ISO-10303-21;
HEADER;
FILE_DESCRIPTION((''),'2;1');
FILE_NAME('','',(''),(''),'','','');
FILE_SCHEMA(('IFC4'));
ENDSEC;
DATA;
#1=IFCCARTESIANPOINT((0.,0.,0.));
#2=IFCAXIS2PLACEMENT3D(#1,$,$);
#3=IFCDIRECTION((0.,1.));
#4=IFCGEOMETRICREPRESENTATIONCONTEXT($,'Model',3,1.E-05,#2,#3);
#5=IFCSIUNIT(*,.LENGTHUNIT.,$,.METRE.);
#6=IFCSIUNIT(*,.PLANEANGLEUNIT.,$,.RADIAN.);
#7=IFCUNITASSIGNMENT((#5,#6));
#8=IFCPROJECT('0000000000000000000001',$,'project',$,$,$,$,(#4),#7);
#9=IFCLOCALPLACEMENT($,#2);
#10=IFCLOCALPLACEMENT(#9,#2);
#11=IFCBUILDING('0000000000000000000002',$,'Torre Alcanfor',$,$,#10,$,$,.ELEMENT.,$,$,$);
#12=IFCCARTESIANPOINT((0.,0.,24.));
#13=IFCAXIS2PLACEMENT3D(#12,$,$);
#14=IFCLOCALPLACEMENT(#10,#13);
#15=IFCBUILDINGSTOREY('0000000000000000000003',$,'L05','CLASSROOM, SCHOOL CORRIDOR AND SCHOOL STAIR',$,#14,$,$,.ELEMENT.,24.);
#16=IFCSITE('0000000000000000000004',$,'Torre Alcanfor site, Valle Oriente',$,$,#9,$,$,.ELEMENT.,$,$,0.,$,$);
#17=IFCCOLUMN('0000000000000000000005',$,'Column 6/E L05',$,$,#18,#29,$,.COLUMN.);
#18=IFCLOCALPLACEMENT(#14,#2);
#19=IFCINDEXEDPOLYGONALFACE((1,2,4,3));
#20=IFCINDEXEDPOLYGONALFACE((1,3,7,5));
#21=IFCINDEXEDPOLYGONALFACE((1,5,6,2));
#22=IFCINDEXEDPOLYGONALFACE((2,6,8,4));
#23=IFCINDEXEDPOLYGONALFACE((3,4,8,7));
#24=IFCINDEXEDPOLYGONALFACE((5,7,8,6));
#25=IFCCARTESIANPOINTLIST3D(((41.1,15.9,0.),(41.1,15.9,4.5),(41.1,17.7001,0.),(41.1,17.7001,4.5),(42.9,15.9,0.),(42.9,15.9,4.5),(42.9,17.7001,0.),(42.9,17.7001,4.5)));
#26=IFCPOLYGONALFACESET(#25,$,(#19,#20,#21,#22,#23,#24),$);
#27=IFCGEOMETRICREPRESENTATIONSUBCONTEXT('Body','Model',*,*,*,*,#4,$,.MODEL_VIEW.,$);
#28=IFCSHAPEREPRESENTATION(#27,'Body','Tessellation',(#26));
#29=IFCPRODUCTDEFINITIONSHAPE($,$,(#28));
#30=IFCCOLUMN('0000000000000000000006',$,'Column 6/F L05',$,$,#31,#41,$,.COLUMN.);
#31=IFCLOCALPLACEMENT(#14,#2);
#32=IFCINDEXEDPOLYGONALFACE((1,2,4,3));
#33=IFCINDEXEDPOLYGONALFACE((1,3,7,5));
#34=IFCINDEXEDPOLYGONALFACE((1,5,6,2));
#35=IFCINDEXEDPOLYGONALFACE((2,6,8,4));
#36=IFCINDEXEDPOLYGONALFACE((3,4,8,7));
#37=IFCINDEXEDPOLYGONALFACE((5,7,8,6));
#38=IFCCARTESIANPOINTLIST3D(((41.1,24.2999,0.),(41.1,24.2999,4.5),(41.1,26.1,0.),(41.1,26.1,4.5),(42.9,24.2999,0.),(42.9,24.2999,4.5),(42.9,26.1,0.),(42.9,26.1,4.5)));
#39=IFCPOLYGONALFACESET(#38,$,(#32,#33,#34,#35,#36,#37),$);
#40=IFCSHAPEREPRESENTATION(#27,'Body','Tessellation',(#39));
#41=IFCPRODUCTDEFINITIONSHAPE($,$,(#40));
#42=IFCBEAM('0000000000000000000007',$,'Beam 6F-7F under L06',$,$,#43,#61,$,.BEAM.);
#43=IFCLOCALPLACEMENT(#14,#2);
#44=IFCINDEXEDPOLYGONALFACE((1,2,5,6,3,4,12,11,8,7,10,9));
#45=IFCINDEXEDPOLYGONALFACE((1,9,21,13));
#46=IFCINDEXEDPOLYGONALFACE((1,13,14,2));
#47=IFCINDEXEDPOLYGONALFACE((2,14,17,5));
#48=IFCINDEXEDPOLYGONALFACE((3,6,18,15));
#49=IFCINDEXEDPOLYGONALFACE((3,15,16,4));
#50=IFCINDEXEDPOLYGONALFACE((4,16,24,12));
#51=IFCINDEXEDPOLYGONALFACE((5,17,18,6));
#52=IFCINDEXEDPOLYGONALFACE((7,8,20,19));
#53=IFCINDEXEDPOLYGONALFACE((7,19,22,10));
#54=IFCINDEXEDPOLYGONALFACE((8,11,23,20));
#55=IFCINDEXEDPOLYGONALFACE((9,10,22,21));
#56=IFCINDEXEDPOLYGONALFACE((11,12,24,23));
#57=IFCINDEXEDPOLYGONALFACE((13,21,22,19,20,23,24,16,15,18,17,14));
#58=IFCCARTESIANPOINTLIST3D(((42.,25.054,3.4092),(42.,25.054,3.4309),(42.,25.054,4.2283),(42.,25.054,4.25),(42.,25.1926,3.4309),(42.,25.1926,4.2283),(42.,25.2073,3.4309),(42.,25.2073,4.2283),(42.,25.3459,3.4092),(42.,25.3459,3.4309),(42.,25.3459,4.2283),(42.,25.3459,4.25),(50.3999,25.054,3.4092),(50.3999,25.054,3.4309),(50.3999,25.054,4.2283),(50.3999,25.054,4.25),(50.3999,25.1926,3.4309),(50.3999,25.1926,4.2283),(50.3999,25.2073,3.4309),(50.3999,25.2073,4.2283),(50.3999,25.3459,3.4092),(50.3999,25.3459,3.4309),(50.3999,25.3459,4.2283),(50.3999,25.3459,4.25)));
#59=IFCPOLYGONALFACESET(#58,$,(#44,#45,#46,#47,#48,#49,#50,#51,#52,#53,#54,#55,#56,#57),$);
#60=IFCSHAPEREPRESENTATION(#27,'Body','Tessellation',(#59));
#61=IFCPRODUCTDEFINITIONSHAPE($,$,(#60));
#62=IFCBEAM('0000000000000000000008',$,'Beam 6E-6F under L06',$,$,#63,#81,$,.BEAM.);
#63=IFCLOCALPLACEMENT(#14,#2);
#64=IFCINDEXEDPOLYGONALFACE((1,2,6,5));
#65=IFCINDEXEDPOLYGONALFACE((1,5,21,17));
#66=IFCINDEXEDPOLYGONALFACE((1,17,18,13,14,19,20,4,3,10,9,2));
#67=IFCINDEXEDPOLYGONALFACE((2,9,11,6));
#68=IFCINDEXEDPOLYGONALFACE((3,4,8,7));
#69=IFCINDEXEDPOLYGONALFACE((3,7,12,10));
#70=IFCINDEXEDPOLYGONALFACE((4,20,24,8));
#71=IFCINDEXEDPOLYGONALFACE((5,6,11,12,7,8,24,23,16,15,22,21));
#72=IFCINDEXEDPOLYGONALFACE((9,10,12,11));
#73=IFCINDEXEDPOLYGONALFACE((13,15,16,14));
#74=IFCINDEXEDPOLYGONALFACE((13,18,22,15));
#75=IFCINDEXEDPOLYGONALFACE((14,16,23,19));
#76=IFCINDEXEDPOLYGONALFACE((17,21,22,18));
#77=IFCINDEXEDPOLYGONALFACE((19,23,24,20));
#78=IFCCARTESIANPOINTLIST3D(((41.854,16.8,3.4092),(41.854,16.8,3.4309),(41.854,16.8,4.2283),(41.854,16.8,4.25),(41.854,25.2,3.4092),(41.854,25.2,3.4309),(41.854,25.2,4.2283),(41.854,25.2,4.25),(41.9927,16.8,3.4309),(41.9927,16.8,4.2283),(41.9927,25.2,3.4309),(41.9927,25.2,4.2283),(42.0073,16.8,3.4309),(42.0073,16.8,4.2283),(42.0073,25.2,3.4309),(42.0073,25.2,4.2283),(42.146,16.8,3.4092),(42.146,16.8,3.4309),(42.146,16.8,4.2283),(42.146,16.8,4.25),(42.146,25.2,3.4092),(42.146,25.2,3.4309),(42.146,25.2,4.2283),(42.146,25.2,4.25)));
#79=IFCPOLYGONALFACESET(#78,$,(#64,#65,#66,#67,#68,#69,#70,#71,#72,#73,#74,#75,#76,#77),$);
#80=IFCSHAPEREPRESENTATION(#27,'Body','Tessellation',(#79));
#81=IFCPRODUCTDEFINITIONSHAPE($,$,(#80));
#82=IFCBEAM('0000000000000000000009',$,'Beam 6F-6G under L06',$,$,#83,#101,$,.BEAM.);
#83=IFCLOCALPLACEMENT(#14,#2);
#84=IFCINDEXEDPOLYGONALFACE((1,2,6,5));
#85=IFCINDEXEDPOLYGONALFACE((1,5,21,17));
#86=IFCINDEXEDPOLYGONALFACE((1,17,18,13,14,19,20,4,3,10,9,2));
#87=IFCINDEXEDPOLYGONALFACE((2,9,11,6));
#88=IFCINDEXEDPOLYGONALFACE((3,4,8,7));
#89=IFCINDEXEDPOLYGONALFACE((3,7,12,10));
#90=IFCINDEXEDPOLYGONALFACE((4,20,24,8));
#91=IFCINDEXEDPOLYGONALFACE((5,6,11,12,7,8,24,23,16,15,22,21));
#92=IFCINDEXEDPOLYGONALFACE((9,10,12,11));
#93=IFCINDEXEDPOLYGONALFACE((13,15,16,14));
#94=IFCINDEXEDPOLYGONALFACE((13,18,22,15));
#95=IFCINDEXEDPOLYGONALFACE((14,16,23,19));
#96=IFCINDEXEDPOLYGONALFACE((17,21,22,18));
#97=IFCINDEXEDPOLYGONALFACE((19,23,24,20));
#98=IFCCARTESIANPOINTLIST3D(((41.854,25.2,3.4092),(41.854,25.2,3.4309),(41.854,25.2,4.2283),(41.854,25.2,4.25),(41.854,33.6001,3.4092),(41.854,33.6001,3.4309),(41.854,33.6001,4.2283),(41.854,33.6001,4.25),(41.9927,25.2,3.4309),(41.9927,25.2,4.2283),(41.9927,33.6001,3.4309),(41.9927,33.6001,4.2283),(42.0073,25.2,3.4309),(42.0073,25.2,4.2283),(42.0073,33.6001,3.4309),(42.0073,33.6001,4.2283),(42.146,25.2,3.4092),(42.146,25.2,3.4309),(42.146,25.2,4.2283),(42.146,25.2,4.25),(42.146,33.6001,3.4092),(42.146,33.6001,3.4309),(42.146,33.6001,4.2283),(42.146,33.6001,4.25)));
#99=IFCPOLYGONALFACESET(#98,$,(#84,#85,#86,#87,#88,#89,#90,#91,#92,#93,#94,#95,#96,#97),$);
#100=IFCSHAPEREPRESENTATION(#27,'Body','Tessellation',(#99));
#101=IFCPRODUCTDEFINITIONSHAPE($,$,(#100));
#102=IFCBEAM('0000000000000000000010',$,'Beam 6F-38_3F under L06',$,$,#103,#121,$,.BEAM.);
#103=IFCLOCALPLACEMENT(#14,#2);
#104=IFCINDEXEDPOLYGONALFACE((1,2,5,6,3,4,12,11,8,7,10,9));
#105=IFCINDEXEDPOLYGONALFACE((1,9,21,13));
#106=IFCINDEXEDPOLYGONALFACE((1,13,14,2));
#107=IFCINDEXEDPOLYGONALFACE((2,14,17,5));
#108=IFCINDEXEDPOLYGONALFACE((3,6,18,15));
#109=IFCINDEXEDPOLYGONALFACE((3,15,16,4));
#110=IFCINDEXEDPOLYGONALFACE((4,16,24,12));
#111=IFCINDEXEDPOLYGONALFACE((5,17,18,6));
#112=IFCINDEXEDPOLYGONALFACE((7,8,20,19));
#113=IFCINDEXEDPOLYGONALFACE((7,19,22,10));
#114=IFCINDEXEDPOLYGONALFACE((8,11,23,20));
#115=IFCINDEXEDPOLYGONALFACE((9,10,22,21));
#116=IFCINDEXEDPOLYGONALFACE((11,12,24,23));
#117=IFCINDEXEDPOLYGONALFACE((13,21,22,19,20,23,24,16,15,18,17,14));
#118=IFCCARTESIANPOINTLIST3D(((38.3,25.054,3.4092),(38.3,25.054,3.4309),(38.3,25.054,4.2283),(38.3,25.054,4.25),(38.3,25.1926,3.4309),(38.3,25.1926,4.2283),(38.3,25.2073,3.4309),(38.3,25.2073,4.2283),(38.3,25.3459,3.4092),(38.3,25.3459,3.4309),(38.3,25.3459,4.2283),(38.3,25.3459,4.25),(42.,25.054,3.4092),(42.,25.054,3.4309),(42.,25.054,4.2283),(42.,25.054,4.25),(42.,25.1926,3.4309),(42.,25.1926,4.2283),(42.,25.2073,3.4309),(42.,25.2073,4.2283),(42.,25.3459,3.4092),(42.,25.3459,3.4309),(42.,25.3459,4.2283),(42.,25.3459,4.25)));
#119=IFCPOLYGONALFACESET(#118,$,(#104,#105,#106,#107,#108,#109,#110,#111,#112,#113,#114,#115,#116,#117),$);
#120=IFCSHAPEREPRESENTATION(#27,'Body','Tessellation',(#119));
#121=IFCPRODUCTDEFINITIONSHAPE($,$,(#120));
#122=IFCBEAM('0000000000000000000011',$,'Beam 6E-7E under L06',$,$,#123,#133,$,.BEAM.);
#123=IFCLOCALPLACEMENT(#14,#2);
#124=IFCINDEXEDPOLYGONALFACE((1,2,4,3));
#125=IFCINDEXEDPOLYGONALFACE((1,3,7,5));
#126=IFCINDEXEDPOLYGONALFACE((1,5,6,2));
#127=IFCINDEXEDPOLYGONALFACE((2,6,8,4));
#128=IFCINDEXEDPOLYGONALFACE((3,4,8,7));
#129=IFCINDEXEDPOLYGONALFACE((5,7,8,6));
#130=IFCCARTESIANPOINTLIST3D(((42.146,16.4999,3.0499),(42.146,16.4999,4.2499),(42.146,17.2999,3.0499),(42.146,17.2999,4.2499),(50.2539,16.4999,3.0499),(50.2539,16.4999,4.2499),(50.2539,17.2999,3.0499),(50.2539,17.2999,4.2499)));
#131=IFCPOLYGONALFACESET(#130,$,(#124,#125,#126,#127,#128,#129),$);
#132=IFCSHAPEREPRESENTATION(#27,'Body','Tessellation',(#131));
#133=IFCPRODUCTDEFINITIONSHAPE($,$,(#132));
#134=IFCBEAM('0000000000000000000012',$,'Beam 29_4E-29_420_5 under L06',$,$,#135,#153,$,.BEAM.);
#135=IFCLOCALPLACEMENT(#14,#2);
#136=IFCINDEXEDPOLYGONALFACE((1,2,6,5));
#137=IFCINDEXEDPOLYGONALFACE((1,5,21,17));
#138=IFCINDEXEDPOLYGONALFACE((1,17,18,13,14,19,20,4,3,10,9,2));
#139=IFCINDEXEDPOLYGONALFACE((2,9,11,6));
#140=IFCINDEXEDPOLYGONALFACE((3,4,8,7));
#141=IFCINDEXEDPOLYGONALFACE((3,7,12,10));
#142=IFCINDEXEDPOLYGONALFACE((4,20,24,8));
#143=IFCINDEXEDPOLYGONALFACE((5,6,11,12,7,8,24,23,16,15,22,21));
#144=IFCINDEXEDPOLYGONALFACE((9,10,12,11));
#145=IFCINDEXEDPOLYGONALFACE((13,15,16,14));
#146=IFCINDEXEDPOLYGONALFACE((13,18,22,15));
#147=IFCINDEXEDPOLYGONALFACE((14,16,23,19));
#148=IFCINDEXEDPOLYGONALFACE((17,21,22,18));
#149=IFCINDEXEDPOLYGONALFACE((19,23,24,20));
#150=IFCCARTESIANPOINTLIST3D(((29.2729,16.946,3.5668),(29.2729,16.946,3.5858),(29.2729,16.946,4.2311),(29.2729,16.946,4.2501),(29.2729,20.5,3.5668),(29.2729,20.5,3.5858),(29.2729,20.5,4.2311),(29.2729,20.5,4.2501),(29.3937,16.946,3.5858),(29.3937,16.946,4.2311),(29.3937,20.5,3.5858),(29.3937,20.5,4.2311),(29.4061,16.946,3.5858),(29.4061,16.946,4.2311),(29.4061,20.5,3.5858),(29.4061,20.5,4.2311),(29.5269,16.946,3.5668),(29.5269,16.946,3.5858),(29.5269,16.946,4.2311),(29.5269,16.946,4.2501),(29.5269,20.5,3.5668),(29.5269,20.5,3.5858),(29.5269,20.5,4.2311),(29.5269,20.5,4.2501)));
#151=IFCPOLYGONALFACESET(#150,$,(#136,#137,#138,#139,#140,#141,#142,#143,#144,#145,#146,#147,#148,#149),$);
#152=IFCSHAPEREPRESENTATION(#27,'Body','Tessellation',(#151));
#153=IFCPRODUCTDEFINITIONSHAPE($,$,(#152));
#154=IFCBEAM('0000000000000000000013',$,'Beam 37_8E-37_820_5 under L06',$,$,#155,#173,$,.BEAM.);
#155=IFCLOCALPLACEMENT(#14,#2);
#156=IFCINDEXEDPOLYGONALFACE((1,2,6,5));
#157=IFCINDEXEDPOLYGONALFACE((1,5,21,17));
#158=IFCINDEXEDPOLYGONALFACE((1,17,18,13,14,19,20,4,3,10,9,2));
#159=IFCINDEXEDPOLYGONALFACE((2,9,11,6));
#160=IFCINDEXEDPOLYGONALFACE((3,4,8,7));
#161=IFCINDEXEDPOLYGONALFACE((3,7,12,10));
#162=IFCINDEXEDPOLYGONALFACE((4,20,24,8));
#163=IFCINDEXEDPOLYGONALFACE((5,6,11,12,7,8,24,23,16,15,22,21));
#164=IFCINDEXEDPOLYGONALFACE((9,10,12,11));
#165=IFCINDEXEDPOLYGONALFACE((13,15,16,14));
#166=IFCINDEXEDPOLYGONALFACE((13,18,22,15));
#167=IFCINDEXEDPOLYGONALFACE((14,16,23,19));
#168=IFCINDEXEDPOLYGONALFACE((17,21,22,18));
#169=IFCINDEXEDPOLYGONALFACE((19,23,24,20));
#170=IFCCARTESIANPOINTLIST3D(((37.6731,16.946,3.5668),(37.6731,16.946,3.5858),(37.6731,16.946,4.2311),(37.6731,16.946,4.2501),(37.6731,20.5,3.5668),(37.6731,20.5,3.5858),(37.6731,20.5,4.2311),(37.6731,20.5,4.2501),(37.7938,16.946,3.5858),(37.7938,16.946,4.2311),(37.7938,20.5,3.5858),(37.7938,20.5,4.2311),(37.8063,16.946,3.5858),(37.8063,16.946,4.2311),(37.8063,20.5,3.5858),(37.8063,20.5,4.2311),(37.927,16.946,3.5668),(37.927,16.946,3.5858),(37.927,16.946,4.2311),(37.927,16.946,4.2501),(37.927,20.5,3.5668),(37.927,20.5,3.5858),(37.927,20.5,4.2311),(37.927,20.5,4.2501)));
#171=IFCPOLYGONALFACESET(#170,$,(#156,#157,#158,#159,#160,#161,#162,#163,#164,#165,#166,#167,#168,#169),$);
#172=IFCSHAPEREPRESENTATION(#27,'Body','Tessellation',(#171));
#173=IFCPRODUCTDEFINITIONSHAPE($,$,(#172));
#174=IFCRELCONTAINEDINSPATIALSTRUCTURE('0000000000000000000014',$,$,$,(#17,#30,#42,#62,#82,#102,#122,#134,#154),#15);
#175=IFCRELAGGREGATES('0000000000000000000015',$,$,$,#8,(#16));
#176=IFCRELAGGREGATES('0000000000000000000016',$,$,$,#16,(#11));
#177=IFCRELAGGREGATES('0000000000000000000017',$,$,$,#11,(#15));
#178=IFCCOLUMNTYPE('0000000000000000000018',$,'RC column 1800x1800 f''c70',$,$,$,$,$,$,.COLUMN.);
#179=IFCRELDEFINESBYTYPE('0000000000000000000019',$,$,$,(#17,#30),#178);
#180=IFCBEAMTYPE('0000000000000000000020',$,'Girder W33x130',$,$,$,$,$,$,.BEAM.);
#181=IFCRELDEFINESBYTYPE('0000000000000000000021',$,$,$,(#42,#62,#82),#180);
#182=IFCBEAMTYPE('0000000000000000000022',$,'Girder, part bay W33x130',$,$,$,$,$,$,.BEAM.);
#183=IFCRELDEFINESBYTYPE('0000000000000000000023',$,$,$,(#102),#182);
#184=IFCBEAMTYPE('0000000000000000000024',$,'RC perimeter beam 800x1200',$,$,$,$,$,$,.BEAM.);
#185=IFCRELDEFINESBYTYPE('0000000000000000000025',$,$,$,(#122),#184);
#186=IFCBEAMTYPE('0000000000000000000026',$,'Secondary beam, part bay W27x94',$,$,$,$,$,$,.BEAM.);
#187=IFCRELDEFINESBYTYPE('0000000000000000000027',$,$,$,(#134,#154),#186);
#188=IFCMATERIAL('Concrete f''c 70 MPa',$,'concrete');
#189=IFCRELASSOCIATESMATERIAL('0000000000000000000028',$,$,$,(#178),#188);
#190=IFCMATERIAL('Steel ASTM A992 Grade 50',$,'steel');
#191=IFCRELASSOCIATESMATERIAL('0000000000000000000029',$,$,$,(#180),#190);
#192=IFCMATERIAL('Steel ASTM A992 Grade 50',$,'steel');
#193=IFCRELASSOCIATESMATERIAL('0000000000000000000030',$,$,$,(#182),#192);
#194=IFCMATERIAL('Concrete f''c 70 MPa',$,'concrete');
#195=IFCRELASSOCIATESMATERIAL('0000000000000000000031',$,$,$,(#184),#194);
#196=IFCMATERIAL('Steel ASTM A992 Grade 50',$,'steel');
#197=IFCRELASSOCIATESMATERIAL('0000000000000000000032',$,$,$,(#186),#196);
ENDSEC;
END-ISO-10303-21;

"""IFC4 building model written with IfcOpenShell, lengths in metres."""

from ifc_helpers import new_model, si_unit, direction, frame, origin, origin_2d, place, context, subcontext, project, spatial, rectangle, i_section, extrude, material, material_profile, profile_set, type_object, element, save


model = new_model("IFC4")

# Units and contexts
model_context = context("Model", 3, precision=1e-05, world=origin(), true_north=direction((0.0, 1.0)))
body_context = subcontext(model_context, "Body", "Model", "MODEL_VIEW")
ifc_project = project(units=[si_unit("LENGTHUNIT", "METRE"), si_unit("PLANEANGLEUNIT", "RADIAN")], contexts=[model_context])

# Site, building, storey
site_placement = place(None, origin())
site = spatial("IfcSite", under=ifc_project, at=site_placement, Name="Torre Alcanfor site, Valle Oriente", CompositionType="ELEMENT", RefElevation=0.0)
building_placement = place(site_placement, origin())
building = spatial("IfcBuilding", under=site, at=building_placement, Name="Torre Alcanfor", CompositionType="ELEMENT")
storey_placement = place(building_placement, frame((0.0, 0.0, 24.0)))
storey = spatial("IfcBuildingStorey", under=building, at=storey_placement, Name="L05", Description="CLASSROOM, SCHOOL CORRIDOR AND SCHOOL STAIR", CompositionType="ELEMENT", Elevation=24.0)

# Columns
ifc_material_1 = material(Name="Concrete f'c 70 MPa", Category="concrete")
ifc_material_profile_1 = material_profile(ifc_material_1, rectangle(XDim=1.8, YDim=1.8, at=origin_2d()), Name="1800x1800")
ifc_profile_set_1 = profile_set([ifc_material_profile_1], Name="Concrete f'c 70 MPa")
column_type = type_object("IfcColumnType", Name="RC column 1800x1800 f'c70", PredefinedType="COLUMN", material=ifc_profile_set_1)
for number, where, z_axis, x_axis, name in (
    (1, (42.0, 16.8, 0.0), (0.0, 0.0, 1.0), (1.0, 0.0, 0.0), "Column 6/E L05"),
    (2, (42.0, 25.2, 0.0), (0.0, 0.0, 1.0), (1.0, 0.0, 0.0), "Column 6/F L05"),
):
    element("IfcColumn", number, at=place(storey_placement, frame(where, z_axis=z_axis, x_axis=x_axis)), inside=storey, type_object=column_type, Name=name, PredefinedType="COLUMN", context=body_context, shape_type="SweptSolid", body=[
        extrude(rectangle(XDim=1.8, YDim=1.8, at=origin_2d()), origin(), (0.0, 0.0, 1.0), 4.5),
    ])

# Beams
ifc_material_2 = material(Name="Steel ASTM A992 Grade 50", Category="steel")
ifc_material_profile_2 = material_profile(ifc_material_2, i_section(OverallWidth=0.292, OverallDepth=0.8408, WebThickness=0.0146, FlangeThickness=0.0217, at=origin_2d()), Name="W33x130")
ifc_profile_set_2 = profile_set([ifc_material_profile_2], Name="Steel ASTM A992 Grade 50")
beam_type_1 = type_object("IfcBeamType", Name="Girder W33x130", PredefinedType="BEAM", material=ifc_profile_set_2)
for number, where, z_axis, x_axis, name in (
    (3, (42.0, 25.2, 3.8296), (1.0, 0.0, 0.0), (0.0, 1.0, 0.0), "Beam 6F-7F under L06"),
    (4, (42.0, 16.8, 3.8296), (0.0, 1.0, 0.0), (-1.0, 0.0, 0.0), "Beam 6E-6F under L06"),
):
    element("IfcBeam", number, at=place(storey_placement, frame(where, z_axis=z_axis, x_axis=x_axis)), inside=storey, type_object=beam_type_1, Name=name, PredefinedType="BEAM", context=body_context, shape_type="SweptSolid", body=[
        extrude(i_section(OverallWidth=0.292, OverallDepth=0.8408, WebThickness=0.0146, FlangeThickness=0.0217, at=origin_2d()), origin(), (0.0, 0.0, 1.0), 8.3999),
    ])
beam_1_placement = place(storey_placement, frame((42.0, 25.2, 3.8296), z_axis=(0.0, 1.0, 0.0), x_axis=(-1.0, 0.0, 0.0)))
element("IfcBeam", 5, at=beam_1_placement, inside=storey, type_object=beam_type_1, Name="Beam 6F-6G under L06", PredefinedType="BEAM", context=body_context, shape_type="SweptSolid", body=[
    extrude(i_section(OverallWidth=0.292, OverallDepth=0.8408, WebThickness=0.0146, FlangeThickness=0.0217, at=origin_2d()), origin(), (0.0, 0.0, 1.0), 8.4001),
])
ifc_material_3 = material(Name="Steel ASTM A992 Grade 50", Category="steel")
ifc_material_profile_3 = material_profile(ifc_material_3, i_section(OverallWidth=0.292, OverallDepth=0.8408, WebThickness=0.0146, FlangeThickness=0.0217, at=origin_2d()), Name="W33x130")
ifc_profile_set_3 = profile_set([ifc_material_profile_3], Name="Steel ASTM A992 Grade 50")
beam_type_2 = type_object("IfcBeamType", Name="Girder, part bay W33x130", PredefinedType="BEAM", material=ifc_profile_set_3)
beam_2_placement = place(storey_placement, frame((42.0, 25.2, 3.8296), z_axis=(-1.0, 0.0, 0.0), x_axis=(0.0, -1.0, 0.0)))
element("IfcBeam", 6, at=beam_2_placement, inside=storey, type_object=beam_type_2, Name="Beam 6F-38_3F under L06", PredefinedType="BEAM", context=body_context, shape_type="SweptSolid", body=[
    extrude(i_section(OverallWidth=0.292, OverallDepth=0.8408, WebThickness=0.0146, FlangeThickness=0.0217, at=origin_2d()), origin(), (0.0, 0.0, 1.0), 3.7),
])
ifc_material_4 = material(Name="Concrete f'c 70 MPa", Category="concrete")
ifc_material_profile_4 = material_profile(ifc_material_4, rectangle(XDim=0.8, YDim=1.2, at=origin_2d()), Name="800x1200")
ifc_profile_set_4 = profile_set([ifc_material_profile_4], Name="Concrete f'c 70 MPa")
beam_type_3 = type_object("IfcBeamType", Name="RC perimeter beam 800x1200", PredefinedType="BEAM", material=ifc_profile_set_4)
beam_3_placement = place(storey_placement, frame((42.146, 16.8999, 3.6499), z_axis=(1.0, 0.0, 0.0), x_axis=(0.0, 1.0, 0.0)))
element("IfcBeam", 7, at=beam_3_placement, inside=storey, type_object=beam_type_3, Name="Beam 6E-7E under L06", PredefinedType="BEAM", context=body_context, shape_type="SweptSolid", body=[
    extrude(rectangle(XDim=0.8, YDim=1.2, at=origin_2d()), origin(), (0.0, 0.0, 1.0), 8.1079),
])
ifc_material_5 = material(Name="Steel ASTM A992 Grade 50", Category="steel")
ifc_material_profile_5 = material_profile(ifc_material_5, i_section(OverallWidth=0.2539, OverallDepth=0.6833, WebThickness=0.0125, FlangeThickness=0.019, at=origin_2d()), Name="W27x94")
ifc_profile_set_5 = profile_set([ifc_material_profile_5], Name="Steel ASTM A992 Grade 50")
beam_type_4 = type_object("IfcBeamType", Name="Secondary beam, part bay W27x94", PredefinedType="BEAM", material=ifc_profile_set_5)
for number, where, z_axis, x_axis, name in (
    (8, (29.3999, 16.946, 3.9084), (0.0, 1.0, 0.0), (-1.0, 0.0, 0.0), "Beam 29_4E-29_420_5 under L06"),
    (9, (37.8, 16.946, 3.9084), (0.0, 1.0, 0.0), (-1.0, 0.0, 0.0), "Beam 37_8E-37_820_5 under L06"),
):
    element("IfcBeam", number, at=place(storey_placement, frame(where, z_axis=z_axis, x_axis=x_axis)), inside=storey, type_object=beam_type_4, Name=name, PredefinedType="BEAM", context=body_context, shape_type="SweptSolid", body=[
        extrude(i_section(OverallWidth=0.2539, OverallDepth=0.6833, WebThickness=0.0125, FlangeThickness=0.019, at=origin_2d()), origin(), (0.0, 0.0, 1.0), 3.554),
    ])

save(model, "model.ifc")
